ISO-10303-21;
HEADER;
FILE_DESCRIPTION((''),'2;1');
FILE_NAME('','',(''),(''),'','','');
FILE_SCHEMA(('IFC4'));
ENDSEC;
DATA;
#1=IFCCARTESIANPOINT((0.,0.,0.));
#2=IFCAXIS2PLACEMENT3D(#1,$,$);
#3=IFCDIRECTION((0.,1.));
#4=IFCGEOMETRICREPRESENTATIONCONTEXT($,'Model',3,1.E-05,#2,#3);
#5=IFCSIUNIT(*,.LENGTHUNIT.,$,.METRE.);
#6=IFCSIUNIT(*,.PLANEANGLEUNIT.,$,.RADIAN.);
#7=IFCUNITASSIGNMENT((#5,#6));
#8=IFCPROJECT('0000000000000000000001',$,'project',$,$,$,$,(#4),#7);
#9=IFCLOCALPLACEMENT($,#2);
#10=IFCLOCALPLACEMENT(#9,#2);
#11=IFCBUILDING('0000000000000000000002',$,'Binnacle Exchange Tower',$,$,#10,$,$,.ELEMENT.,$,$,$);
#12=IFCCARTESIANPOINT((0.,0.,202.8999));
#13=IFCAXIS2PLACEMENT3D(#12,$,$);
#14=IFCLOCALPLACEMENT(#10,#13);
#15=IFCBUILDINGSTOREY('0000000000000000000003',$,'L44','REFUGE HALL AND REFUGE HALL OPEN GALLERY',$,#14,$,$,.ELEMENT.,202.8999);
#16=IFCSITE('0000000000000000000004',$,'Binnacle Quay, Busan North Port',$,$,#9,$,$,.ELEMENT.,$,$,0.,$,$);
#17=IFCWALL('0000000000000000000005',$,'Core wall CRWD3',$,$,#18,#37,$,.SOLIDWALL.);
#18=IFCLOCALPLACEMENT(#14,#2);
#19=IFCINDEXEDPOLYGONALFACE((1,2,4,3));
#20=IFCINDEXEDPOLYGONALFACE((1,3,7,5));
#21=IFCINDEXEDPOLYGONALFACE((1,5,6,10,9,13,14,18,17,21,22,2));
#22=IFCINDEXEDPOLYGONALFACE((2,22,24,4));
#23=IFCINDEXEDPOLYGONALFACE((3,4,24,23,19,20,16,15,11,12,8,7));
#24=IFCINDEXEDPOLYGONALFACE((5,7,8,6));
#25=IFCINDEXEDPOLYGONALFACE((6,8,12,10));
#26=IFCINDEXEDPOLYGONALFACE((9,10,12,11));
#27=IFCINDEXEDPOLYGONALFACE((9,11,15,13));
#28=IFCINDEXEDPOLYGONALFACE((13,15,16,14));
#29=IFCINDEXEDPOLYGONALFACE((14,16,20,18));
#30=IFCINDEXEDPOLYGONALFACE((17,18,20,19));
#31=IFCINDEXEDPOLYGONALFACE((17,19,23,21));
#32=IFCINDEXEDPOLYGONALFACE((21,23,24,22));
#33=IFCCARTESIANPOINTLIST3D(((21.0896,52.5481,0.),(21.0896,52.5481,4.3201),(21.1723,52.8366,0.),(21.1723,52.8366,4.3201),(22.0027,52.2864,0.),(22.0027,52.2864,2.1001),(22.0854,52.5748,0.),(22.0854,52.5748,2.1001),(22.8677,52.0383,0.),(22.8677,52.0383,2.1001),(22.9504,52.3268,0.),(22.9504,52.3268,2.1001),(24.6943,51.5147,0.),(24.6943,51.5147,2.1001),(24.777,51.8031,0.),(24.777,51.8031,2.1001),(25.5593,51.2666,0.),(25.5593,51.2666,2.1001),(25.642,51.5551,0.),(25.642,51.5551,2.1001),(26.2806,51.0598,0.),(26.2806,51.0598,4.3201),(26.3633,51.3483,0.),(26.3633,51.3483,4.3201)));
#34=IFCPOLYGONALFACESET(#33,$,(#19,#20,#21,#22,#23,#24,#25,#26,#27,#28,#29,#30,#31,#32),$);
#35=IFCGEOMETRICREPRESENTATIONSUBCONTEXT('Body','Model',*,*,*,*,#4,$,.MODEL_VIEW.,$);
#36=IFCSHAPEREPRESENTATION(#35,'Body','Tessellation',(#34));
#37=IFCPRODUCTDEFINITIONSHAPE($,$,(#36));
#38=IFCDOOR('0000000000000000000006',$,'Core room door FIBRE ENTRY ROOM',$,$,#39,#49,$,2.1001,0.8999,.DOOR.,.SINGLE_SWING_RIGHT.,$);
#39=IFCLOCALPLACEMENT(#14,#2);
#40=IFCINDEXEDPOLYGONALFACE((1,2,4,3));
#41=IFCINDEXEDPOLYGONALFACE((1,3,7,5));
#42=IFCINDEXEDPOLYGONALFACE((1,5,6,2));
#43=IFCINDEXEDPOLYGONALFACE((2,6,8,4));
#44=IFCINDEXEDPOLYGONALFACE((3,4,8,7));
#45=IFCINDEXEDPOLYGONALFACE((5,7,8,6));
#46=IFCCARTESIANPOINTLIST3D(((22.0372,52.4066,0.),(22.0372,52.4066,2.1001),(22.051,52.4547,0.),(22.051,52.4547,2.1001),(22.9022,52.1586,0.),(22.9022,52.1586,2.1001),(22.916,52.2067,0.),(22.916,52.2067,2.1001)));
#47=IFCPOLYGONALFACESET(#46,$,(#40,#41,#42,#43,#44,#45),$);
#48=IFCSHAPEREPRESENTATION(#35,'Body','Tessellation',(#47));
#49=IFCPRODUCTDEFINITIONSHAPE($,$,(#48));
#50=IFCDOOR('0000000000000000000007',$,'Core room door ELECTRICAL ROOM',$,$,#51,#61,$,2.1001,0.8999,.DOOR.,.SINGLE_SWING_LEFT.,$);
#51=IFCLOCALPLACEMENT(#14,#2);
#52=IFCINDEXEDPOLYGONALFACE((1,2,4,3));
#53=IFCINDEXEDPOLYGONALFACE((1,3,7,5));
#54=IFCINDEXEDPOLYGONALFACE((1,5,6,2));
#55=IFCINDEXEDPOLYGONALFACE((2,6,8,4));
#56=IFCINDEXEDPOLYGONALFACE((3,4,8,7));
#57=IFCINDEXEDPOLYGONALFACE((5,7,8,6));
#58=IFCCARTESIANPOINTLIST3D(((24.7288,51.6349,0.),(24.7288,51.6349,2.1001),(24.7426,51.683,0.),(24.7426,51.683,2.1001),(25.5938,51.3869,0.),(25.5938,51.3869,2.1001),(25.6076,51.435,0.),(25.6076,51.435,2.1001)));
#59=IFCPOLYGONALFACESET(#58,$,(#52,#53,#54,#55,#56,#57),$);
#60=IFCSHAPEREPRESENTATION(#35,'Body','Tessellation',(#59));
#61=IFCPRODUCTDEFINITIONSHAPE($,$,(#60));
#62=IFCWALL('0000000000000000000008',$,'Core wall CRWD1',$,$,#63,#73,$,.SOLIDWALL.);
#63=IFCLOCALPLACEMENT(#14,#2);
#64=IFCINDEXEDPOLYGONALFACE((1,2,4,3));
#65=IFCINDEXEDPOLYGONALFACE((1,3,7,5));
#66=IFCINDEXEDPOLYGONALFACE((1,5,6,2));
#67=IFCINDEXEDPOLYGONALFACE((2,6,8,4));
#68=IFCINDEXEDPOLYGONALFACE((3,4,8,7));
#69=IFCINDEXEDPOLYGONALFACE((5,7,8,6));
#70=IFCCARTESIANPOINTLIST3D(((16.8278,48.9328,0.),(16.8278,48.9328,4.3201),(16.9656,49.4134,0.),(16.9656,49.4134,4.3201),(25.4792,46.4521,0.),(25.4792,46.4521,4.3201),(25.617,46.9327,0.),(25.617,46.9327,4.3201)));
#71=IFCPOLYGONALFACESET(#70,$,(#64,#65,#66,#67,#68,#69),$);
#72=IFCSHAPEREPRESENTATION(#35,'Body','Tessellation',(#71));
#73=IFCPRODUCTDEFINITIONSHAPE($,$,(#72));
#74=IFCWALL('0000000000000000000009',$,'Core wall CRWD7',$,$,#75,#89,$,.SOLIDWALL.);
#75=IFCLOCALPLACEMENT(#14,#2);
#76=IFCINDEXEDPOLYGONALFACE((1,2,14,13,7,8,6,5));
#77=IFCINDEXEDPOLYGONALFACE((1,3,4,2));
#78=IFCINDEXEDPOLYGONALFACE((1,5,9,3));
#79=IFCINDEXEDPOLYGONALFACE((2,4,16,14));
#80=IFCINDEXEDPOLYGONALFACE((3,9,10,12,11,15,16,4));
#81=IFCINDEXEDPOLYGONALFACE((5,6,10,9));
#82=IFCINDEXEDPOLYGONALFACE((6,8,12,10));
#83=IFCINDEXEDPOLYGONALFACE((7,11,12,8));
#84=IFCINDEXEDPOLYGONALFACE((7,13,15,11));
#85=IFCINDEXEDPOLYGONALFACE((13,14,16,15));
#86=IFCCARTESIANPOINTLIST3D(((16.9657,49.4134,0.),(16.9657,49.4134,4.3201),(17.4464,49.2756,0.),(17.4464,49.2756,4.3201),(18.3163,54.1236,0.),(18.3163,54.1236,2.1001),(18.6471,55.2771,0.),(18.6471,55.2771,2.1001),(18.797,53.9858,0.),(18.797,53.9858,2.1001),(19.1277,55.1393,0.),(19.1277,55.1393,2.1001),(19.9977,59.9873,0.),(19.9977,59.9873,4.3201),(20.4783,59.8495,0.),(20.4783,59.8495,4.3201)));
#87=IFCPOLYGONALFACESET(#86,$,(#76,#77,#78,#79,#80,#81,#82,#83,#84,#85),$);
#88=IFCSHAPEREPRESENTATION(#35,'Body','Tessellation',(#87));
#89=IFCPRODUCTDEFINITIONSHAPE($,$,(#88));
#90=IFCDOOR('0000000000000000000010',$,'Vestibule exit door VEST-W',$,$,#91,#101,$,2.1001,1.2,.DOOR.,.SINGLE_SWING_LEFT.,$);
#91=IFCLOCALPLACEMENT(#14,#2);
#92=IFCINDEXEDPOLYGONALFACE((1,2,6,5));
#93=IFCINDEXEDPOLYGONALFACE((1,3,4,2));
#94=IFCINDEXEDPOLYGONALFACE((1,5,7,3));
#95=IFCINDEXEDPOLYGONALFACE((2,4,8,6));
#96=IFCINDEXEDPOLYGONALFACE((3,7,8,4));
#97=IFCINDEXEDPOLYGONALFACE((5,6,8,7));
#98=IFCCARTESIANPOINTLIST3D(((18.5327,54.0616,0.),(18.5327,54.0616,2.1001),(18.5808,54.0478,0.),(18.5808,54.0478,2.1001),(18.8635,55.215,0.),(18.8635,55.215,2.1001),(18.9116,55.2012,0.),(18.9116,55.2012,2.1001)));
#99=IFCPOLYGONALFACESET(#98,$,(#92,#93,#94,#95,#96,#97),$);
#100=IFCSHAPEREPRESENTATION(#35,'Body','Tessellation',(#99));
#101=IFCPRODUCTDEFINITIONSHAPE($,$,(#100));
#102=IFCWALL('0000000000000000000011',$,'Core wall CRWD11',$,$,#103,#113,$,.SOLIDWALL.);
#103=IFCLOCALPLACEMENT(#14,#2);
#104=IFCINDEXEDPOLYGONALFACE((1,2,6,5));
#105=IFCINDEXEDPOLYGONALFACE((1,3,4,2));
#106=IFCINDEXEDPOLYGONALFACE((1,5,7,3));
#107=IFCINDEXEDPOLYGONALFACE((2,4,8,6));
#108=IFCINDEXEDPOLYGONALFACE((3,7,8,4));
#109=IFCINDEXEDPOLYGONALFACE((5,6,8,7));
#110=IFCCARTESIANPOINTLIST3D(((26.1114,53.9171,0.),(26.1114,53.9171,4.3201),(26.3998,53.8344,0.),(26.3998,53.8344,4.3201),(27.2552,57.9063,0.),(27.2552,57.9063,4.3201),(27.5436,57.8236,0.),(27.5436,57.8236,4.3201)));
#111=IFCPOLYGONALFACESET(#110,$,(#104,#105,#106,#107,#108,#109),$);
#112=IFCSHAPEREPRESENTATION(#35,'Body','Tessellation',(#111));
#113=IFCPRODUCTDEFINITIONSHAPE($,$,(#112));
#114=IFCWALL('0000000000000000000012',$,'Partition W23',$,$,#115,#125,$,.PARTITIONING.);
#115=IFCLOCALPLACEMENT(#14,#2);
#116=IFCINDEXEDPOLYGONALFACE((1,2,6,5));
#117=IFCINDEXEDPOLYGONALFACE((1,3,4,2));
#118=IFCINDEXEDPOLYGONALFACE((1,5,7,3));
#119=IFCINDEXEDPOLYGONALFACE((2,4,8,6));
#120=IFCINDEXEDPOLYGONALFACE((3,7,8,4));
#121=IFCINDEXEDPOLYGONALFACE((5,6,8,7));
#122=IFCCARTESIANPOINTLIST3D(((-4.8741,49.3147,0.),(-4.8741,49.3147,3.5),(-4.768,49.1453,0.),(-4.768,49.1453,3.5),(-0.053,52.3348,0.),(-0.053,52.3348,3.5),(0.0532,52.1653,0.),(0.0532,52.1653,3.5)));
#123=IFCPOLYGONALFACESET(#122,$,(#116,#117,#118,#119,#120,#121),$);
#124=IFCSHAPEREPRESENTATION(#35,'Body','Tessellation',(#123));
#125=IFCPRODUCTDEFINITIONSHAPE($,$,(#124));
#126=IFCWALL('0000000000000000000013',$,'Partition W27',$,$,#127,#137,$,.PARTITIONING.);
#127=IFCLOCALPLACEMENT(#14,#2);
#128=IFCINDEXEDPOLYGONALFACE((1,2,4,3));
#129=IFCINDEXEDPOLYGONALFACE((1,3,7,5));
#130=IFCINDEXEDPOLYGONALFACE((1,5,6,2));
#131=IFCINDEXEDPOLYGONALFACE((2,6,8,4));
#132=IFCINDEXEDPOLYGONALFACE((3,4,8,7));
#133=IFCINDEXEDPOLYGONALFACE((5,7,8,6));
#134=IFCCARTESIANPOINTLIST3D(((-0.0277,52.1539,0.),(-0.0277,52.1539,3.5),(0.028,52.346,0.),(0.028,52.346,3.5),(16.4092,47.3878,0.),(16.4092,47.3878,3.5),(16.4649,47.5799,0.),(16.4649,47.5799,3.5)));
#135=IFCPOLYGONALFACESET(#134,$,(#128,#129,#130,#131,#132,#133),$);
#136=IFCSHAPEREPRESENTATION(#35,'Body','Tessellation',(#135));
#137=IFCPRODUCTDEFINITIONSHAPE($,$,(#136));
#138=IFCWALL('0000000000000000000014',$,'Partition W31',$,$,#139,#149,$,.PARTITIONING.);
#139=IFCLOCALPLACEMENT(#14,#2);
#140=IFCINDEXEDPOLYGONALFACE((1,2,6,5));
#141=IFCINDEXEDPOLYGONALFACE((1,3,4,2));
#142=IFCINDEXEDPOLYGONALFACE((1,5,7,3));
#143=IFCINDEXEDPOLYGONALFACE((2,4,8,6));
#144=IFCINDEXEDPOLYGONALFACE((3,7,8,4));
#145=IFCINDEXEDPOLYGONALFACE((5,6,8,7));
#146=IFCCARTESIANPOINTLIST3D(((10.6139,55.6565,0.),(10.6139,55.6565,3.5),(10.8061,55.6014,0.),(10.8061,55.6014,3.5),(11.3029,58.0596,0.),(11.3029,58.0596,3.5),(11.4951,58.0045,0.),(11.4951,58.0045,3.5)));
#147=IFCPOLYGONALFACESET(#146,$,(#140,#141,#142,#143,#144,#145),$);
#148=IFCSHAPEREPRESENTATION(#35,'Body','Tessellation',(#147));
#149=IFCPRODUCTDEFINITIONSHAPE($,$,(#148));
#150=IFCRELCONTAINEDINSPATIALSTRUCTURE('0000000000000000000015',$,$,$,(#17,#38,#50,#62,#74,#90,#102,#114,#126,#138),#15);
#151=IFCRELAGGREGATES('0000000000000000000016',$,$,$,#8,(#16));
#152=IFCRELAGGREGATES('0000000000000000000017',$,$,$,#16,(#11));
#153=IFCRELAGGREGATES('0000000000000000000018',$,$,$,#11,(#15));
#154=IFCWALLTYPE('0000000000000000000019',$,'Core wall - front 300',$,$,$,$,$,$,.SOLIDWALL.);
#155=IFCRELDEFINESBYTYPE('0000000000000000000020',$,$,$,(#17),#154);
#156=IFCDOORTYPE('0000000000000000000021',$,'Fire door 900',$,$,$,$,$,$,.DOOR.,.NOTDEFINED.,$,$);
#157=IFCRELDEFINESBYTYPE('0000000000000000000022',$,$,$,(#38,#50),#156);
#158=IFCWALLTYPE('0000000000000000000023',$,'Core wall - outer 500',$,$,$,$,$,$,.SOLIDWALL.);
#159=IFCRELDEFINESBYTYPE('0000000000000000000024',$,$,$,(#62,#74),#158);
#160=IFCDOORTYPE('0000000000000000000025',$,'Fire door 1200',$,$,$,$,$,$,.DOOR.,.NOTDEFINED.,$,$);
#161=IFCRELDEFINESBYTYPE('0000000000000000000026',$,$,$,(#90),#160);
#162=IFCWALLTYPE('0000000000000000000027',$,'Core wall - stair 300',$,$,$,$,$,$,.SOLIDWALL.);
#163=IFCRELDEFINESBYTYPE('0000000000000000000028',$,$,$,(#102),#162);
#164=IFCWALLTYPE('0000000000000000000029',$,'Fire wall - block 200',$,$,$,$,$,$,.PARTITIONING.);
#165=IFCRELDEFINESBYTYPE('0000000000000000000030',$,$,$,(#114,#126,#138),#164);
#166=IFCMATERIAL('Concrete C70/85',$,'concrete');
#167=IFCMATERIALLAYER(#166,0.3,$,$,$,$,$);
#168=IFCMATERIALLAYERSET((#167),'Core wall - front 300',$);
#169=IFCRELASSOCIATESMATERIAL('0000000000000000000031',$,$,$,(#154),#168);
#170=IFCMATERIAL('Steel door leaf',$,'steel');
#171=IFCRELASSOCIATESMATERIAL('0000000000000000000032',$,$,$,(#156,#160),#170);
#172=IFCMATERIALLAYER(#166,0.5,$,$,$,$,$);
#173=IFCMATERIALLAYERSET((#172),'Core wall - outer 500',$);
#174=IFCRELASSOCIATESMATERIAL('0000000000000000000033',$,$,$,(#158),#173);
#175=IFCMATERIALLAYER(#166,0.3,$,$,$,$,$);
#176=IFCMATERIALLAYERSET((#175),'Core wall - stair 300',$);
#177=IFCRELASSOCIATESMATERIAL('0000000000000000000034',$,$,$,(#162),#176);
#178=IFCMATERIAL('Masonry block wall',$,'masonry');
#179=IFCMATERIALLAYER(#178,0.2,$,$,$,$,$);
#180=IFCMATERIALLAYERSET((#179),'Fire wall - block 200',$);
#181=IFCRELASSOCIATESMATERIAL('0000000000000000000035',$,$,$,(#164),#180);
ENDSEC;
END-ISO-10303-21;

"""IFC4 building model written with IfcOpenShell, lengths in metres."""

from ifc_helpers import new_model, si_unit, direction, frame, frame_2d, origin, place, context, subcontext, project, spatial, rectangle, extrude, material, layer, layer_set, type_object, element, fill, save


model = new_model("IFC4")

# Units and contexts
model_context = context("Model", 3, precision=1e-05, world=origin(), true_north=direction((0.0, 1.0)))
body_context = subcontext(model_context, "Body", "Model", "MODEL_VIEW")
ifc_project = project(units=[si_unit("LENGTHUNIT", "METRE"), si_unit("PLANEANGLEUNIT", "RADIAN")], contexts=[model_context])

# Site, building, storey
site_placement = place(None, origin())
site = spatial("IfcSite", under=ifc_project, at=site_placement, Name="Binnacle Quay, Busan North Port", CompositionType="ELEMENT", RefElevation=0.0)
building_placement = place(site_placement, origin())
building = spatial("IfcBuilding", under=site, at=building_placement, Name="Binnacle Exchange Tower", CompositionType="ELEMENT")
storey_placement = place(building_placement, frame((0.0, 0.0, 202.8999)))
storey = spatial("IfcBuildingStorey", under=building, at=storey_placement, Name="L44", Description="REFUGE HALL AND REFUGE HALL OPEN GALLERY", CompositionType="ELEMENT", Elevation=202.8999)

# Shared definitions
ifc_material_1 = material(Name="Concrete C70/85", Category="concrete")

# Shared definitions
ifc_layer_1 = layer(ifc_material_1, 0.3)
ifc_layer_set_1 = layer_set([ifc_layer_1], Name="Core wall - front 300")
wall_type_1 = type_object("IfcWallType", Name="Core wall - front 300", PredefinedType="SOLIDWALL", material=ifc_layer_set_1)
ifc_material_2 = material(Name="Steel door leaf", Category="steel")
door_type_1 = type_object("IfcDoorType", Name="Fire door 900", OperationType="NOTDEFINED", PredefinedType="DOOR", material=ifc_material_2)

# Wall, openings, doors
wall_1_placement = place(storey_placement, frame((21.1309, 52.6924, 0.0), z_axis=(0.0, 0.0, 1.0), x_axis=(0.961271, -0.275605, 0.0)))
wall_1 = element("IfcWall", 1, at=wall_1_placement, inside=storey, type_object=wall_type_1, Name="Core wall CRWD3", PredefinedType="SOLIDWALL", context=body_context, shape_type="SweptSolid", body=[
    extrude(rectangle(XDim=5.4001, YDim=0.3, at=frame_2d((2.7002, 0.0))), origin(), (0.0, 0.0, 1.0), 4.3201),
])
opening_1_placement = place(wall_1_placement, frame((0.95, 0.0, 0.0)))
opening_1 = element("IfcOpeningElement", 2, at=opening_1_placement, cuts=wall_1, PredefinedType="OPENING", context=body_context, shape_type="SweptSolid", body=[
    extrude(rectangle(XDim=0.8999, YDim=2.1001, at=frame_2d((0.45, 1.05))), frame((0.0, 0.1599, 0.0), z_axis=(0.0, -1.0, 0.0), x_axis=(1.0, 0.0, 0.0)), (0.0, 0.0, 1.0), 0.3201),
])
opening_2_placement = place(wall_1_placement, frame((3.75, 0.0, 0.0)))
opening_2 = element("IfcOpeningElement", 3, at=opening_2_placement, cuts=wall_1, PredefinedType="OPENING", context=body_context, shape_type="SweptSolid", body=[
    extrude(rectangle(XDim=0.8999, YDim=2.1001, at=frame_2d((0.45, 1.05))), frame((0.0, 0.1599, 0.0), z_axis=(0.0, -1.0, 0.0), x_axis=(1.0, 0.0, 0.0)), (0.0, 0.0, 1.0), 0.3201),
])
door_1_placement = place(opening_1_placement, frame((0.8999, 0.0, 0.0), z_axis=(0.0, 0.0, 1.0), x_axis=(-1.0, 0.0, 0.0)))
door_1 = element("IfcDoor", 4, at=door_1_placement, inside=storey, type_object=door_type_1, Name="Core room door FIBRE ENTRY ROOM", OperationType="SINGLE_SWING_RIGHT", OverallHeight=2.1001, OverallWidth=0.8999, PredefinedType="DOOR", context=body_context, shape_type="SweptSolid", body=[
    extrude(rectangle(XDim=0.8999, YDim=2.1001, at=frame_2d((0.45, 1.05))), frame((0.0, 0.0249, 0.0), z_axis=(0.0, -1.0, 0.0), x_axis=(1.0, 0.0, 0.0)), (0.0, 0.0, 1.0), 0.05),
])
fill(opening_1, door_1)
door_2_placement = place(opening_2_placement, frame((0.8999, 0.0, 0.0), z_axis=(0.0, 0.0, 1.0), x_axis=(-1.0, 0.0, 0.0)))
door_2 = element("IfcDoor", 5, at=door_2_placement, inside=storey, type_object=door_type_1, Name="Core room door ELECTRICAL ROOM", OperationType="SINGLE_SWING_LEFT", OverallHeight=2.1001, OverallWidth=0.8999, PredefinedType="DOOR", context=body_context, shape_type="SweptSolid", body=[
    extrude(rectangle(XDim=0.8999, YDim=2.1001, at=frame_2d((0.45, 1.05))), frame((0.0, 0.0249, 0.0), z_axis=(0.0, -1.0, 0.0), x_axis=(1.0, 0.0, 0.0)), (0.0, 0.0, 1.0), 0.05),
])
fill(opening_2, door_2)

# Wall
ifc_layer_2 = layer(ifc_material_1, 0.5)
ifc_layer_set_2 = layer_set([ifc_layer_2], Name="Core wall - outer 500")
wall_type_2 = type_object("IfcWallType", Name="Core wall - outer 500", PredefinedType="SOLIDWALL", material=ifc_layer_set_2)
wall_2_placement = place(storey_placement, frame((16.8967, 49.1731, 0.0), z_axis=(0.0, 0.0, 1.0), x_axis=(0.961262, -0.275635, 0.0)))
element("IfcWall", 6, at=wall_2_placement, inside=storey, type_object=wall_type_2, Name="Core wall CRWD1", PredefinedType="SOLIDWALL", context=body_context, shape_type="SweptSolid", body=[
    extrude(rectangle(XDim=9.0, YDim=0.5, at=frame_2d((4.5, 0.0))), origin(), (0.0, 0.0, 1.0), 4.3201),
])

# Wall, opening, door
wall_3_placement = place(storey_placement, frame((17.2061, 49.3445, 0.0), z_axis=(0.0, 0.0, 1.0), x_axis=(0.275633, 0.961263, 0.0)))
wall_3 = element("IfcWall", 7, at=wall_3_placement, inside=storey, type_object=wall_type_2, Name="Core wall CRWD7", PredefinedType="SOLIDWALL", context=body_context, shape_type="SweptSolid", body=[
    extrude(rectangle(XDim=11.0, YDim=0.5, at=frame_2d((5.5, 0.0))), origin(), (0.0, 0.0, 1.0), 4.3201),
])
opening_3_placement = place(wall_3_placement, frame((4.8999, 0.0, 0.0)))
opening_3 = element("IfcOpeningElement", 8, at=opening_3_placement, cuts=wall_3, PredefinedType="OPENING", context=body_context, shape_type="SweptSolid", body=[
    extrude(rectangle(XDim=1.2, YDim=2.1001, at=frame_2d((0.6001, 1.05))), frame((0.0, 0.26, 0.0), z_axis=(0.0, -1.0, 0.0), x_axis=(1.0, 0.0, 0.0)), (0.0, 0.0, 1.0), 0.52),
])
door_type_2 = type_object("IfcDoorType", Name="Fire door 1200", OperationType="NOTDEFINED", PredefinedType="DOOR", material=ifc_material_2)
door_3_placement = place(opening_3_placement, origin())
door_3 = element("IfcDoor", 9, at=door_3_placement, inside=storey, type_object=door_type_2, Name="Vestibule exit door VEST-W", OperationType="SINGLE_SWING_LEFT", OverallHeight=2.1001, OverallWidth=1.2, PredefinedType="DOOR", context=body_context, shape_type="SweptSolid", body=[
    extrude(rectangle(XDim=1.2, YDim=2.1001, at=frame_2d((0.6001, 1.05))), frame((0.0, 0.0249, 0.0), z_axis=(0.0, -1.0, 0.0), x_axis=(1.0, 0.0, 0.0)), (0.0, 0.0, 1.0), 0.05),
])
fill(opening_3, door_3)

# Walls
ifc_layer_3 = layer(ifc_material_1, 0.3)
ifc_layer_set_3 = layer_set([ifc_layer_3], Name="Core wall - stair 300")
wall_type_3 = type_object("IfcWallType", Name="Core wall - stair 300", PredefinedType="SOLIDWALL", material=ifc_layer_set_3)
wall_4_placement = place(storey_placement, frame((26.2556, 53.8757, 0.0), z_axis=(0.0, 0.0, 1.0), x_axis=(0.275615, 0.961268, 0.0)))
element("IfcWall", 10, at=wall_4_placement, inside=storey, type_object=wall_type_3, Name="Core wall CRWD11", PredefinedType="SOLIDWALL", context=body_context, shape_type="SweptSolid", body=[
    extrude(rectangle(XDim=4.1499, YDim=0.3, at=frame_2d((2.075, 0.0))), origin(), (0.0, 0.0, 1.0), 4.3201),
])
ifc_material_3 = material(Name="Masonry block wall", Category="masonry")
ifc_layer_4 = layer(ifc_material_3, 0.2)
ifc_layer_set_4 = layer_set([ifc_layer_4], Name="Fire wall - block 200")
wall_type_4 = type_object("IfcWallType", Name="Fire wall - block 200", PredefinedType="PARTITIONING", material=ifc_layer_set_4)
wall_5_placement = place(storey_placement, frame((-4.821, 49.23, 0.0), z_axis=(0.0, 0.0, 1.0), x_axis=(0.847455, 0.530867, 0.0)))
element("IfcWall", 11, at=wall_5_placement, inside=storey, type_object=wall_type_4, Name="Partition W23", PredefinedType="PARTITIONING", context=body_context, shape_type="SweptSolid", body=[
    extrude(rectangle(XDim=5.689, YDim=0.2, at=frame_2d((2.8445, 0.0))), origin(), (0.0, 0.0, 1.0), 3.5),
])
wall_6_placement = place(storey_placement, frame((0.0, 52.25, 0.0), z_axis=(0.0, 0.0, 1.0), x_axis=(0.960439, -0.278491, 0.0)))
element("IfcWall", 12, at=wall_6_placement, inside=storey, type_object=wall_type_4, Name="Partition W27", PredefinedType="PARTITIONING", context=body_context, shape_type="SweptSolid", body=[
    extrude(rectangle(XDim=17.114, YDim=0.2, at=frame_2d((8.5571, 0.0))), origin(), (0.0, 0.0, 1.0), 3.5),
])
wall_7_placement = place(storey_placement, frame((10.71, 55.6289, 0.0), z_axis=(0.0, 0.0, 1.0), x_axis=(0.275598, 0.961273, 0.0)))
element("IfcWall", 13, at=wall_7_placement, inside=storey, type_object=wall_type_4, Name="Partition W31", PredefinedType="PARTITIONING", context=body_context, shape_type="SweptSolid", body=[
    extrude(rectangle(XDim=2.5, YDim=0.2, at=frame_2d((1.25, 0.0))), origin(), (0.0, 0.0, 1.0), 3.5),
])

save(model, "model.ifc")
